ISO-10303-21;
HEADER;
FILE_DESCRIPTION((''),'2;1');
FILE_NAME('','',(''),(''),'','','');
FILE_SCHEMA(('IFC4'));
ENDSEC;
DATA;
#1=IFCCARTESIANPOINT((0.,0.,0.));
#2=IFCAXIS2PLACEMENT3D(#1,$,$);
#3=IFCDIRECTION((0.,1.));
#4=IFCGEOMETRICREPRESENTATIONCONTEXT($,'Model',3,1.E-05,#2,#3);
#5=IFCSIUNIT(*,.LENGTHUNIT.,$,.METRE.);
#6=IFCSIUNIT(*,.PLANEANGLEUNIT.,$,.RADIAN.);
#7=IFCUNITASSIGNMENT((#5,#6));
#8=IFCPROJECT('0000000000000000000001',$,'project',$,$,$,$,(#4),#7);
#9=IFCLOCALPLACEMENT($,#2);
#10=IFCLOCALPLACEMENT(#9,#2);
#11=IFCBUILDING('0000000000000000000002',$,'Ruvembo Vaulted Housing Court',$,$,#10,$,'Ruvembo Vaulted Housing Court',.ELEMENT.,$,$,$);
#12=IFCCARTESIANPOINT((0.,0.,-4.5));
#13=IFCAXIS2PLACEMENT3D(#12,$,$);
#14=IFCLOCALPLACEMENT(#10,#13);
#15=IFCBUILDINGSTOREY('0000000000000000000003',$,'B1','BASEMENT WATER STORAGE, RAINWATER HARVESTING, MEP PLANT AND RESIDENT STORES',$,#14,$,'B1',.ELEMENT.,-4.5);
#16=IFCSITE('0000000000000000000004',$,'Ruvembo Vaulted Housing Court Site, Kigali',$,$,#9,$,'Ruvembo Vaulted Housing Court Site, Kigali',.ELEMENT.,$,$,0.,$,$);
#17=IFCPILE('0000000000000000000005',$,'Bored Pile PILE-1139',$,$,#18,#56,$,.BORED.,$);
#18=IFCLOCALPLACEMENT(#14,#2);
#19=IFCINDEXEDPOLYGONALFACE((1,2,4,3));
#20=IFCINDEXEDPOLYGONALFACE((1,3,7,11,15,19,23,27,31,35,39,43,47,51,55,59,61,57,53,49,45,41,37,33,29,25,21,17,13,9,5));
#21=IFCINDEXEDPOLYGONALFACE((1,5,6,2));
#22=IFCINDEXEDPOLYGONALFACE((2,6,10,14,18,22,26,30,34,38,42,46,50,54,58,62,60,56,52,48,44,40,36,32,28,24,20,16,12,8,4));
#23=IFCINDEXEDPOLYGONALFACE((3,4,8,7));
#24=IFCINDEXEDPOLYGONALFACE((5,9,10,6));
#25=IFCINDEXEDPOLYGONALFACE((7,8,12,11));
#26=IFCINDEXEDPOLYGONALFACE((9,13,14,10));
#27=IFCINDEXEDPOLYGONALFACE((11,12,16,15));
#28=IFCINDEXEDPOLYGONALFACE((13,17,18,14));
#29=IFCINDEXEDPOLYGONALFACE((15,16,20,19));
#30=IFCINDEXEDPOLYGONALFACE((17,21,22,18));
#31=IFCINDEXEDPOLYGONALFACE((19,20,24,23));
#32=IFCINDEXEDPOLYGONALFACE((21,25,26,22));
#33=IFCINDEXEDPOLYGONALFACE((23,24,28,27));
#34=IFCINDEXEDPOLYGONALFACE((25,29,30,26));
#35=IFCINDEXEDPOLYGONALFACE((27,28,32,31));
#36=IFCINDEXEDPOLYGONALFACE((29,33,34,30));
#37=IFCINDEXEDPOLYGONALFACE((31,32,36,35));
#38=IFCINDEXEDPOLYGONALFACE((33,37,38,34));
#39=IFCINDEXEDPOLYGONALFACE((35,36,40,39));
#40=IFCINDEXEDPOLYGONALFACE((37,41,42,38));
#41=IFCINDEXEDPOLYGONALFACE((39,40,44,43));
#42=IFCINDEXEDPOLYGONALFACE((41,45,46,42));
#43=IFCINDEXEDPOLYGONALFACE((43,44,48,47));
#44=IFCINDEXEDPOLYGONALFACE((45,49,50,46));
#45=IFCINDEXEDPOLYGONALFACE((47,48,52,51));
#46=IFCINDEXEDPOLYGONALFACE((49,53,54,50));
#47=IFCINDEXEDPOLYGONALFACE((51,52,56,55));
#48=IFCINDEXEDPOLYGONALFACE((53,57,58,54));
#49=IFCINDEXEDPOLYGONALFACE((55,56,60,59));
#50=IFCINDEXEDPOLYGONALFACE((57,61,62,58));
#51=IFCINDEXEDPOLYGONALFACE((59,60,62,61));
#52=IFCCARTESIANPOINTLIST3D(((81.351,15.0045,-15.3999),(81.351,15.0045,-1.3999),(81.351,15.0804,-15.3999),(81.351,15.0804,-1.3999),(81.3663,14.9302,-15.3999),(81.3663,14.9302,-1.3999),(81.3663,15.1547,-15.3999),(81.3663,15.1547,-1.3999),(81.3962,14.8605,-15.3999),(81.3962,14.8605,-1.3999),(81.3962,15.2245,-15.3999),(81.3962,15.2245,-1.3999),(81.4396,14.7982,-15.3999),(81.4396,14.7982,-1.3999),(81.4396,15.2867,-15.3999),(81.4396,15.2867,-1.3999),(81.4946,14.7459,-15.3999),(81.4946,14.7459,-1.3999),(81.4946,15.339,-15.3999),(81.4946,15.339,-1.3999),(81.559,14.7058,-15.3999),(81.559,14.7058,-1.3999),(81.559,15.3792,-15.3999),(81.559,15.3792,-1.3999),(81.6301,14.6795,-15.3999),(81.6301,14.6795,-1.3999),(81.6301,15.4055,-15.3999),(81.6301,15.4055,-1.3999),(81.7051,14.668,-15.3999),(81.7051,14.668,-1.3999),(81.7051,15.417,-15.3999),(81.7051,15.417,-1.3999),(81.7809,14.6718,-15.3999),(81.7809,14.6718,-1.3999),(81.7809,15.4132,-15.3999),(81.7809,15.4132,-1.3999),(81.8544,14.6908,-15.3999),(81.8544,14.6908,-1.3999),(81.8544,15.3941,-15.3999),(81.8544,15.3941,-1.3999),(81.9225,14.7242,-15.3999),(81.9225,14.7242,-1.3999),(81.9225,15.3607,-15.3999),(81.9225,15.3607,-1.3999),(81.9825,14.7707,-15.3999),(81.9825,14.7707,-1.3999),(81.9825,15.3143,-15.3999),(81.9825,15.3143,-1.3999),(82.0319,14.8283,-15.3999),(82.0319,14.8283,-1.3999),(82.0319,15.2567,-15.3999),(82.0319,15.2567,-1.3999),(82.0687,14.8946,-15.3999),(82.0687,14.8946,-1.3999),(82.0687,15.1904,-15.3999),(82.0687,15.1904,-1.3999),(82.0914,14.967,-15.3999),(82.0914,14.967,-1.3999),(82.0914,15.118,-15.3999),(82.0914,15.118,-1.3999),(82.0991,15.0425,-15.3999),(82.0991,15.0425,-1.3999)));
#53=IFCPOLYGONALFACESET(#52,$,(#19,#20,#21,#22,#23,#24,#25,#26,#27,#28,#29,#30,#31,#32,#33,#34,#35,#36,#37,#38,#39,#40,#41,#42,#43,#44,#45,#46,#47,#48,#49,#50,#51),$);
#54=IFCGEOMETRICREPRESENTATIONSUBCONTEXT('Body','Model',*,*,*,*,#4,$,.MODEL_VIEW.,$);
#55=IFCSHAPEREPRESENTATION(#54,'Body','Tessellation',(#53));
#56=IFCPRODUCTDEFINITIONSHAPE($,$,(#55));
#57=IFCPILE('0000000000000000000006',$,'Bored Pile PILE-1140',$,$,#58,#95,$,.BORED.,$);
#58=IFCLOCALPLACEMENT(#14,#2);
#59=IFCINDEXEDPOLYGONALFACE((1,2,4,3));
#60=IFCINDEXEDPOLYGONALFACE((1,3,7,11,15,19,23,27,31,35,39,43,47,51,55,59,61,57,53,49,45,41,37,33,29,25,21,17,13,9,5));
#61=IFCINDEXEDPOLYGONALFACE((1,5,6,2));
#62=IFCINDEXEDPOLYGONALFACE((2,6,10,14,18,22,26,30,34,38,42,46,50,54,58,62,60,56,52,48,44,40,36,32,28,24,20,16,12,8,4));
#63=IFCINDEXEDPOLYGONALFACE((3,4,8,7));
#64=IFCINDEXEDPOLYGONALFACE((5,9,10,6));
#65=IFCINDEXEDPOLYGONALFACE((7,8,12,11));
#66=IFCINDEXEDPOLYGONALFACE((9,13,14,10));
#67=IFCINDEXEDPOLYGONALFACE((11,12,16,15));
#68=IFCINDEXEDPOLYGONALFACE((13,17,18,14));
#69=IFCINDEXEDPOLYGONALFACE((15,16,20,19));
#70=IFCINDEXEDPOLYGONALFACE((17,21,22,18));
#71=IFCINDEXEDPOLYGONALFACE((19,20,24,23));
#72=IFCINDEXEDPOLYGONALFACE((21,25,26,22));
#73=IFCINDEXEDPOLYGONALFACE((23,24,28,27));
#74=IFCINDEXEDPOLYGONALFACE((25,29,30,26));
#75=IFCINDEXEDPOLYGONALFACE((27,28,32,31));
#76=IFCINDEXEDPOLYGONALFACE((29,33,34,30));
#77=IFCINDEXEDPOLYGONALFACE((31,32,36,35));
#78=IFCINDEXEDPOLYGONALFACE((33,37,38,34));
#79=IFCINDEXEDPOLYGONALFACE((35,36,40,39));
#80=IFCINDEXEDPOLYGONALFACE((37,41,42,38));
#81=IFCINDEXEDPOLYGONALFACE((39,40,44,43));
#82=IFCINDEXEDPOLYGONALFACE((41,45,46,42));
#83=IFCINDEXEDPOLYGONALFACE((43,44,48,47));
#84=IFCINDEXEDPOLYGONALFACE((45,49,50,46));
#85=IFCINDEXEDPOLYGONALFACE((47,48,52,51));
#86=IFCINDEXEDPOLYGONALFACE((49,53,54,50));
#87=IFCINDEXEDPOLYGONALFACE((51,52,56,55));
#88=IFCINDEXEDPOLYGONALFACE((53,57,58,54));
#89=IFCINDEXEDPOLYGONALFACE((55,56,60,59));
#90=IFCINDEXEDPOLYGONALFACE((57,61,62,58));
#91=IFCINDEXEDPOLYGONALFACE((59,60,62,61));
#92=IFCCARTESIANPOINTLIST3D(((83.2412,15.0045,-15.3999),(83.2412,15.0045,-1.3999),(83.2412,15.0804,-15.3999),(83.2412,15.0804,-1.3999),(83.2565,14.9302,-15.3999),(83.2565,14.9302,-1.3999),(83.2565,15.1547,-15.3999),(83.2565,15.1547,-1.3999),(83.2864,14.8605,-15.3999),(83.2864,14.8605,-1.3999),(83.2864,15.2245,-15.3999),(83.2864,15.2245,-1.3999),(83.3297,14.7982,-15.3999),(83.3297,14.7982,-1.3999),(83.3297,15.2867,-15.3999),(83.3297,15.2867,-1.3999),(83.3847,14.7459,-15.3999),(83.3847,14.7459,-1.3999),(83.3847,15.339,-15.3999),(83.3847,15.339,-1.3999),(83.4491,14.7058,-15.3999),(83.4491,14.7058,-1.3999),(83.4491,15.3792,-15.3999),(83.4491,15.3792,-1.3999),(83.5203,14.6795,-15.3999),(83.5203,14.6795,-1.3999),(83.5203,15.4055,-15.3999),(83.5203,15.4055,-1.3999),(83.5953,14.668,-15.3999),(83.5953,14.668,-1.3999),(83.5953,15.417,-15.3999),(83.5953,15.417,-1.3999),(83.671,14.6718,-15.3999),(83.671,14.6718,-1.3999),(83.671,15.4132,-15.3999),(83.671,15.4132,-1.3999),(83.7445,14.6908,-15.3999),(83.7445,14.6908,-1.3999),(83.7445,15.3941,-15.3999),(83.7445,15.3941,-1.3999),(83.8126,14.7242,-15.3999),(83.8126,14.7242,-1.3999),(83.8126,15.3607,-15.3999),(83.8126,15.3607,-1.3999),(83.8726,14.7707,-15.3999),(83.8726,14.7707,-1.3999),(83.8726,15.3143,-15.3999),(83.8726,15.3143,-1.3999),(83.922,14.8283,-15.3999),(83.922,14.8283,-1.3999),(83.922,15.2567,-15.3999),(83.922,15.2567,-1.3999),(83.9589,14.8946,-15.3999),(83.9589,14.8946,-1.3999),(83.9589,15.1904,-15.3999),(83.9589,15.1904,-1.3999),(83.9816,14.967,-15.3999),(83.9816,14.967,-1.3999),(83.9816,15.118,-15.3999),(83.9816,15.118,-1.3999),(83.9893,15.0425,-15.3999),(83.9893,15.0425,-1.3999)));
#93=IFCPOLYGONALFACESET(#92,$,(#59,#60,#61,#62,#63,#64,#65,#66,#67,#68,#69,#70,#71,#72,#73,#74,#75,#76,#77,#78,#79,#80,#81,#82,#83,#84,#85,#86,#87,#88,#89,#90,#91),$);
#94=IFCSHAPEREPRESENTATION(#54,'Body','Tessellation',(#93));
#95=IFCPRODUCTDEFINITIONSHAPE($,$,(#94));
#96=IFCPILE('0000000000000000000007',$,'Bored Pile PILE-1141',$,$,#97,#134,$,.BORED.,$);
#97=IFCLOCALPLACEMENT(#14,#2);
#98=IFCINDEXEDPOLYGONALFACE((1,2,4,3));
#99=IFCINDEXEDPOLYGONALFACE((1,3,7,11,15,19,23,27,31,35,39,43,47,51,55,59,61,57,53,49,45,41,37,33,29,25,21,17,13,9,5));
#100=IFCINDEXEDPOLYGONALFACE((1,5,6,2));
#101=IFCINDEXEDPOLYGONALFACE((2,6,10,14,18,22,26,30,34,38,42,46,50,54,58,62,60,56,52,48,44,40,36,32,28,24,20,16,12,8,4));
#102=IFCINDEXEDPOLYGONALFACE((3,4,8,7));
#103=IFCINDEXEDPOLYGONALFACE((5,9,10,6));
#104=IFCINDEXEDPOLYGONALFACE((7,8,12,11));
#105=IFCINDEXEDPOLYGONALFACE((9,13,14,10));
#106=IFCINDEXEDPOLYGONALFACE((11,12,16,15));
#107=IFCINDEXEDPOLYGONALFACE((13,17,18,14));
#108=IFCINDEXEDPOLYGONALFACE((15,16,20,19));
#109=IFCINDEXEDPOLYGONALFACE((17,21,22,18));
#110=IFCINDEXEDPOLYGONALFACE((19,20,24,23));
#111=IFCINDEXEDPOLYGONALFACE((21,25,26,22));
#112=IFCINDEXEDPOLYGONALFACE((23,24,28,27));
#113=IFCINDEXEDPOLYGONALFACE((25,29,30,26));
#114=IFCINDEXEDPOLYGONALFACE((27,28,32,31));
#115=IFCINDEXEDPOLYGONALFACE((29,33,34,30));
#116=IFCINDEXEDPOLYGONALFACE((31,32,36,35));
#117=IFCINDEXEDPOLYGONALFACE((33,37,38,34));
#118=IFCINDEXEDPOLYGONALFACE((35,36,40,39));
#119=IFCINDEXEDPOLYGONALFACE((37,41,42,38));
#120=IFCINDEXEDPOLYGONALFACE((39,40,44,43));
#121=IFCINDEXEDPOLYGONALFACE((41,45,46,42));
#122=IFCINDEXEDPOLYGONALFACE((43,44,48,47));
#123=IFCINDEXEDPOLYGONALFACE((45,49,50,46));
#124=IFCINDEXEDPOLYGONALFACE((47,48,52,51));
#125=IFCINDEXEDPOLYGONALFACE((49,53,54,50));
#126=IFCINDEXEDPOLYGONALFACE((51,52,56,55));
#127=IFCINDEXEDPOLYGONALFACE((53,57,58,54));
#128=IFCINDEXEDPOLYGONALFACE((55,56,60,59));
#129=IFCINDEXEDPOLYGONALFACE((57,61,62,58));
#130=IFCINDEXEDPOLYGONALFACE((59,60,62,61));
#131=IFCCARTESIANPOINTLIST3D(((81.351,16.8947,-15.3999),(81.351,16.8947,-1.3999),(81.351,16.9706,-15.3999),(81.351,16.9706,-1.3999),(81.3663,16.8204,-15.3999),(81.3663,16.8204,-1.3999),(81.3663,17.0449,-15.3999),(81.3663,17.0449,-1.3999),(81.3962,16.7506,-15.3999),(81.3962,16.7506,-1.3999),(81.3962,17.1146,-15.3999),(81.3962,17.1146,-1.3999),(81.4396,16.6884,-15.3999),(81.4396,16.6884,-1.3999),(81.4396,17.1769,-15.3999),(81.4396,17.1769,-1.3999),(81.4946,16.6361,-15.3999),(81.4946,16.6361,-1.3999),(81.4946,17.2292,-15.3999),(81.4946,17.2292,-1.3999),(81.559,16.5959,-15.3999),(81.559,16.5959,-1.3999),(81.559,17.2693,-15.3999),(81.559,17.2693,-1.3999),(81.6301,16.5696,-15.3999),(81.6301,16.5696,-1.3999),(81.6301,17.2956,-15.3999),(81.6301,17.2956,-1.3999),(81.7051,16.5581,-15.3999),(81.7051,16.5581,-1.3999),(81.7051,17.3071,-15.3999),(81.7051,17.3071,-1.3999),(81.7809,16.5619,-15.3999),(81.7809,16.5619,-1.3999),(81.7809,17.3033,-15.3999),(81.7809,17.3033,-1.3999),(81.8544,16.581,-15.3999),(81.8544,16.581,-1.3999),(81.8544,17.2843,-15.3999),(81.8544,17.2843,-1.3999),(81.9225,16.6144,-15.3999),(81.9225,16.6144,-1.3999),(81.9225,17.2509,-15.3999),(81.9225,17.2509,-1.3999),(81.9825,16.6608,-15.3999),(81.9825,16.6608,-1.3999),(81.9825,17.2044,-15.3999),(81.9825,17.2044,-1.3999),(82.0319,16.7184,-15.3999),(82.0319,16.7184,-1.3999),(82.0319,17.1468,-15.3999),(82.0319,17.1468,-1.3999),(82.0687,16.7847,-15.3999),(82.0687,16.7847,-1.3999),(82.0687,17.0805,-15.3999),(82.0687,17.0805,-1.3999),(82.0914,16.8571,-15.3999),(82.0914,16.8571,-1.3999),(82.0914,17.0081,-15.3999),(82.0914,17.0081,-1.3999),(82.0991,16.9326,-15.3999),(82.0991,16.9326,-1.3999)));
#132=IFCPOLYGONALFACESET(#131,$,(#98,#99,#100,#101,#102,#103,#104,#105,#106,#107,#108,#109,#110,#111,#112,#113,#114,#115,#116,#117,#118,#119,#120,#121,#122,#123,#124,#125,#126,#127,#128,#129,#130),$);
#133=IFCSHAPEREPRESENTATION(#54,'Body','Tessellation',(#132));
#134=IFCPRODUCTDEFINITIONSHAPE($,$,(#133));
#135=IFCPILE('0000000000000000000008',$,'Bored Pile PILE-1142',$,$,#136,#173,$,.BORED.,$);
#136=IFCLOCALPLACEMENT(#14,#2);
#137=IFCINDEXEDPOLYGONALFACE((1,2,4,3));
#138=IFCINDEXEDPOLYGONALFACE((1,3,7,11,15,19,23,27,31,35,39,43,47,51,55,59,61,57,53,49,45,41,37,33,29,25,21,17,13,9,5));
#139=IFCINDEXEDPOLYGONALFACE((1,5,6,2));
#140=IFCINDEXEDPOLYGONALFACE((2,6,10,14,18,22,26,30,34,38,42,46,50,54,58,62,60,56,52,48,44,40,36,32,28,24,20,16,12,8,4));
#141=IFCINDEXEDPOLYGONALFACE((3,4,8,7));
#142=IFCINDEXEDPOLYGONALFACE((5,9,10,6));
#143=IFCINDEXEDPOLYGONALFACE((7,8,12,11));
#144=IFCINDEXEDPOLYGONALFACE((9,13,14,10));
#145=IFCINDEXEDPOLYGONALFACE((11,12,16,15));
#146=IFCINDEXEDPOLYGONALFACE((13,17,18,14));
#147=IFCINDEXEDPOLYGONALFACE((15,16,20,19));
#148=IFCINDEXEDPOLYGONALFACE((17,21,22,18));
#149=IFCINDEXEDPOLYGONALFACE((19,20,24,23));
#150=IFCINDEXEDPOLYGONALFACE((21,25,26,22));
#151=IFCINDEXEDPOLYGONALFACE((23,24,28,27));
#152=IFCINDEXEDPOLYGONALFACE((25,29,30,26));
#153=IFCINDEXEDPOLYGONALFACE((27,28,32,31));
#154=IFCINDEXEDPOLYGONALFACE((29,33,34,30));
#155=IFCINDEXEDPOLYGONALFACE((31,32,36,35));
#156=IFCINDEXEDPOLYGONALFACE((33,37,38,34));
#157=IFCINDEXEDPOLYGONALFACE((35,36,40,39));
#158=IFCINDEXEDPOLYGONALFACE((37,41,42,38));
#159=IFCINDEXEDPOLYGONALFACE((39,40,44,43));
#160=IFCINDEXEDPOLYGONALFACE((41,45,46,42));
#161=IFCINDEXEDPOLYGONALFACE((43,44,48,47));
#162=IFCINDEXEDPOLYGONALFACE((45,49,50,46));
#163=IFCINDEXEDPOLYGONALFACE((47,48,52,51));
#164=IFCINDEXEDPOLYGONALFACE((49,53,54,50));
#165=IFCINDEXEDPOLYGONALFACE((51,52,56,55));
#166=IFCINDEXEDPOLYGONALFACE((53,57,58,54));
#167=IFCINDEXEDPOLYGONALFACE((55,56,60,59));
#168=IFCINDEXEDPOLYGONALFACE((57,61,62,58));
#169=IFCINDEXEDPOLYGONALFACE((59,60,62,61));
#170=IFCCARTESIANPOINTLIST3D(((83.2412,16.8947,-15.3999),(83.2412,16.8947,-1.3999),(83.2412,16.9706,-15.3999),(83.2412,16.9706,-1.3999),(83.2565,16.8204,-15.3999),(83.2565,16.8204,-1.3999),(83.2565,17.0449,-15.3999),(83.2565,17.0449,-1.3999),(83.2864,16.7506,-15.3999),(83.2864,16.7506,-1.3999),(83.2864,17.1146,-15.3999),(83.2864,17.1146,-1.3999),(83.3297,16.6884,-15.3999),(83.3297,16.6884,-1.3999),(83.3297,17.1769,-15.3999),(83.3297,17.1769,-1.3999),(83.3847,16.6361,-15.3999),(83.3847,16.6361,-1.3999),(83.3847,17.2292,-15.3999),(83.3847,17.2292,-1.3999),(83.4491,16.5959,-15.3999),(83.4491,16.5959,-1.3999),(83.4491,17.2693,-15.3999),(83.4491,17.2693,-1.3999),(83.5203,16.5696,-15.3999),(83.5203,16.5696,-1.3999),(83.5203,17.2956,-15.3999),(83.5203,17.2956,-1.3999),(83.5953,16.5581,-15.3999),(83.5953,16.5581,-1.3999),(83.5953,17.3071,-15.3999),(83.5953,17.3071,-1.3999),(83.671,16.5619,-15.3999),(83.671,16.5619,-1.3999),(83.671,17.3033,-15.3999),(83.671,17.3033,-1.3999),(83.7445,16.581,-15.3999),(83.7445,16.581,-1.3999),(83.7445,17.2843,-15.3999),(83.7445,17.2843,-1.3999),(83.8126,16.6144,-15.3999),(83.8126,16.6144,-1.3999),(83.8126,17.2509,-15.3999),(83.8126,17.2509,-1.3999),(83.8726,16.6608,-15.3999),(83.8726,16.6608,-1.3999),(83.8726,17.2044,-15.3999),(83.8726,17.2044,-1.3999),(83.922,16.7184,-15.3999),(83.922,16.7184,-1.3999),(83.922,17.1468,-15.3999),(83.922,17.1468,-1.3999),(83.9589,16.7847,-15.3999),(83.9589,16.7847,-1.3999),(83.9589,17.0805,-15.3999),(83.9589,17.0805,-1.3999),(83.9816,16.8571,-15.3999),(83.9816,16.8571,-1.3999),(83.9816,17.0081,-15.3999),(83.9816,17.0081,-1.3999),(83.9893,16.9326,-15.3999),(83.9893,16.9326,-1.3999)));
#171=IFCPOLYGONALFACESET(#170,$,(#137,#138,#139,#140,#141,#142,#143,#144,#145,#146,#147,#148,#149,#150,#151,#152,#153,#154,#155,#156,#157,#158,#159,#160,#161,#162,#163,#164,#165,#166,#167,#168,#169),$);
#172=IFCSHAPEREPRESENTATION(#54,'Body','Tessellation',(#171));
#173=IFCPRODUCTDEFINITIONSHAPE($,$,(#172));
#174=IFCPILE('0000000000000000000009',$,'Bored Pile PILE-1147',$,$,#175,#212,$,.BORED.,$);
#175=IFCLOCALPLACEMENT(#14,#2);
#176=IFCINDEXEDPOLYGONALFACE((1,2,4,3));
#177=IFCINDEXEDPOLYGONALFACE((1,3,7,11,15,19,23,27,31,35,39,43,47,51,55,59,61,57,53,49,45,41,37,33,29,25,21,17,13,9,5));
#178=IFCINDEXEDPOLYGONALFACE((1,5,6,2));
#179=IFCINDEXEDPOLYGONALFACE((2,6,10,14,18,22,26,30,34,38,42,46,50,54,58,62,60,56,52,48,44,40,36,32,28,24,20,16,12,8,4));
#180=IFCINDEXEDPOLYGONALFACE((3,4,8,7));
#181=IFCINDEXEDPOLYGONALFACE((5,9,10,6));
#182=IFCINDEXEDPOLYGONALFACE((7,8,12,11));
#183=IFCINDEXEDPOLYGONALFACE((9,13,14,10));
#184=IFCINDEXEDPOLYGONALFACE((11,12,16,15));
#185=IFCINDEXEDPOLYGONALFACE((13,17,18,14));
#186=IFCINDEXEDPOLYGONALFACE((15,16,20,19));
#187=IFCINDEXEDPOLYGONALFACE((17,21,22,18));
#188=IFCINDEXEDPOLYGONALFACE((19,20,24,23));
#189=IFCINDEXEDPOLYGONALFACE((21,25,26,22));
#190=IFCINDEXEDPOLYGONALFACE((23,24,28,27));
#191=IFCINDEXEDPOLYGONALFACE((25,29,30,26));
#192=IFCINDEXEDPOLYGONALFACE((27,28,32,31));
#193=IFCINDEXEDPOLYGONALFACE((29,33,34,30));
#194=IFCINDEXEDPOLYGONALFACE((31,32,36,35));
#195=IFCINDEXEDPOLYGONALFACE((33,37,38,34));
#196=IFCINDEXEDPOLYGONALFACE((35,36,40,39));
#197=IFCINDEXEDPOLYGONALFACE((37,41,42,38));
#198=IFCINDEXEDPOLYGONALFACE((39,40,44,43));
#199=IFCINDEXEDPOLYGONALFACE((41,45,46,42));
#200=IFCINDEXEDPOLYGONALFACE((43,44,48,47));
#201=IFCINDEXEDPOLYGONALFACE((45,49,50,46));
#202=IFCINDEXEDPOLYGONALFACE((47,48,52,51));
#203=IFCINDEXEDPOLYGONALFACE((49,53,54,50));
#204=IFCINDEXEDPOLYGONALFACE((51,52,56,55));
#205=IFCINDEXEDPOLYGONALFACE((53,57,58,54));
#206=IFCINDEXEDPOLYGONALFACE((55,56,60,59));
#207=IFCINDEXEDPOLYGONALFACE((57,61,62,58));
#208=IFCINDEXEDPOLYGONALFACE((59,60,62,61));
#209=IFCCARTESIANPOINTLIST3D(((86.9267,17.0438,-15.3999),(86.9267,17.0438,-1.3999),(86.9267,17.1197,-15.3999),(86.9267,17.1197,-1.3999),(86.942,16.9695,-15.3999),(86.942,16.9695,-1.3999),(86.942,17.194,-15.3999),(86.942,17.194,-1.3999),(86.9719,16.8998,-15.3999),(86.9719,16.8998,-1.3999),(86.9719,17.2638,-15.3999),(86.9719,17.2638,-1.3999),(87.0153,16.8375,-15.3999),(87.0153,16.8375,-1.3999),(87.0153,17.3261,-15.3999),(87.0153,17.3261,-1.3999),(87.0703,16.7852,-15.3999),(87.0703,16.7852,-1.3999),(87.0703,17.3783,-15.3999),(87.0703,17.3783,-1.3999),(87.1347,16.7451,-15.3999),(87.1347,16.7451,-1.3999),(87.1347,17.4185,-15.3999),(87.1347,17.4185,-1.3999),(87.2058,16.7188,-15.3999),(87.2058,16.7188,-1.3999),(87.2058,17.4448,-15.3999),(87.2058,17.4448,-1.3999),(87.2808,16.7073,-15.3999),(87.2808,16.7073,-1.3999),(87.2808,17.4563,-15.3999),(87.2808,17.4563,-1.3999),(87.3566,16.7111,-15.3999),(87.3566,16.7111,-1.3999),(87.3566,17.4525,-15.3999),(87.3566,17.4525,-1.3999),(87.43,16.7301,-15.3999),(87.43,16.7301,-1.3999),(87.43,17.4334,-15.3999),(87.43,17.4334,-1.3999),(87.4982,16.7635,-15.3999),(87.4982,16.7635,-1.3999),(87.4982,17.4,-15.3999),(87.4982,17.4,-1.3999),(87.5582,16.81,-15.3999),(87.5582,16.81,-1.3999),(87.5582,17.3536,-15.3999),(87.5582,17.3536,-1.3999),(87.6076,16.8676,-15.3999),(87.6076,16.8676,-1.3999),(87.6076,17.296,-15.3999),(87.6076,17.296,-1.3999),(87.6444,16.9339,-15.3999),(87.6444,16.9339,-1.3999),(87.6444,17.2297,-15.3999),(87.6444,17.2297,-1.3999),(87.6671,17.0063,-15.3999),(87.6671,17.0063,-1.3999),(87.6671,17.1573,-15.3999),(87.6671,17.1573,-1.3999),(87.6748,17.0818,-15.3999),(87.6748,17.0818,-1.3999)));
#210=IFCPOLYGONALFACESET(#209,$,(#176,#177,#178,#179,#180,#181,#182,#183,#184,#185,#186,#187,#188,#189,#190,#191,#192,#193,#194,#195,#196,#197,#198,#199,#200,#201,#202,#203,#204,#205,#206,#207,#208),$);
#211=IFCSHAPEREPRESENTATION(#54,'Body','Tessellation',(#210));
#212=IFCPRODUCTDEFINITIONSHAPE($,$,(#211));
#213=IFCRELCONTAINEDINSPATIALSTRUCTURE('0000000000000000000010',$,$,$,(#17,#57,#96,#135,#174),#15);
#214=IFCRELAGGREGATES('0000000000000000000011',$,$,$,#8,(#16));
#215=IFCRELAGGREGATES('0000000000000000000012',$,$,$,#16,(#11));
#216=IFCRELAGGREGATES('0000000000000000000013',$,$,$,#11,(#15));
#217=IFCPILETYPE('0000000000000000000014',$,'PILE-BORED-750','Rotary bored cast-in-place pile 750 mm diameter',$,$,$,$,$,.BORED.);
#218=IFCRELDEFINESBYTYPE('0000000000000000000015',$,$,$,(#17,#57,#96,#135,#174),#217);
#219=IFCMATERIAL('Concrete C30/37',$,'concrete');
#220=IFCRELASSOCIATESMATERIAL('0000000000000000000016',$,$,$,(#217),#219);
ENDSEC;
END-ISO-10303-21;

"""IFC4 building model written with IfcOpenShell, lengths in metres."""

from ifc_helpers import new_model, si_unit, direction, frame, origin, origin_2d, place, context, subcontext, project, spatial, circle, extrude, material, material_profile, profile_set, type_object, element, save


model = new_model("IFC4")

# Units and contexts
model_context = context("Model", 3, precision=1e-05, world=origin(), true_north=direction((0.0, 1.0)))
body_context = subcontext(model_context, "Body", "Model", "MODEL_VIEW")
ifc_project = project(units=[si_unit("LENGTHUNIT", "METRE"), si_unit("PLANEANGLEUNIT", "RADIAN")], contexts=[model_context])

# Site, building, storey
site_placement = place(None, origin())
site = spatial("IfcSite", under=ifc_project, at=site_placement, Name="Ruvembo Vaulted Housing Court Site, Kigali", LongName="Ruvembo Vaulted Housing Court Site, Kigali", CompositionType="ELEMENT", RefElevation=0.0)
building_placement = place(site_placement, origin())
building = spatial("IfcBuilding", under=site, at=building_placement, Name="Ruvembo Vaulted Housing Court", LongName="Ruvembo Vaulted Housing Court", CompositionType="ELEMENT")
storey_placement = place(building_placement, frame((0.0, 0.0, -4.5)))
storey = spatial("IfcBuildingStorey", under=building, at=storey_placement, Name="B1", Description="BASEMENT WATER STORAGE, RAINWATER HARVESTING, MEP PLANT AND RESIDENT STORES", LongName="B1", CompositionType="ELEMENT", Elevation=-4.5)

# Piles
ifc_material_1 = material(Name="Concrete C30/37", Category="concrete")
ifc_material_profile_1 = material_profile(ifc_material_1, circle(Radius=0.375, at=origin_2d()), Name="PILE D750")
ifc_profile_set_1 = profile_set([ifc_material_profile_1], Name="Concrete C30/37")
pile_type = type_object("IfcPileType", Name="PILE-BORED-750", Description="Rotary bored cast-in-place pile 750 mm diameter", PredefinedType="BORED", material=ifc_profile_set_1)
for number, where, z_axis, x_axis, name in (
    (1, (81.7241, 15.0425, -1.3999), (0.0, 0.0, -1.0), (1.0, 0.0, 0.0), "Bored Pile PILE-1139"),
    (2, (83.6143, 15.0425, -1.3999), (0.0, 0.0, -1.0), (1.0, 0.0, 0.0), "Bored Pile PILE-1140"),
    (3, (81.7241, 16.9326, -1.3999), (0.0, 0.0, -1.0), (1.0, 0.0, 0.0), "Bored Pile PILE-1141"),
    (4, (83.6143, 16.9326, -1.3999), (0.0, 0.0, -1.0), (1.0, 0.0, 0.0), "Bored Pile PILE-1142"),
    (5, (87.2998, 17.0818, -1.3999), (0.0, 0.0, -1.0), (1.0, 0.0, 0.0), "Bored Pile PILE-1147"),
):
    element("IfcPile", number, at=place(storey_placement, frame(where, z_axis=z_axis, x_axis=x_axis)), inside=storey, type_object=pile_type, Name=name, PredefinedType="BORED", context=body_context, shape_type="SweptSolid", body=[
        extrude(circle(Radius=0.375, at=origin_2d()), origin(), (0.0, 0.0, 1.0), 14.0),
    ])

save(model, "model.ifc")
